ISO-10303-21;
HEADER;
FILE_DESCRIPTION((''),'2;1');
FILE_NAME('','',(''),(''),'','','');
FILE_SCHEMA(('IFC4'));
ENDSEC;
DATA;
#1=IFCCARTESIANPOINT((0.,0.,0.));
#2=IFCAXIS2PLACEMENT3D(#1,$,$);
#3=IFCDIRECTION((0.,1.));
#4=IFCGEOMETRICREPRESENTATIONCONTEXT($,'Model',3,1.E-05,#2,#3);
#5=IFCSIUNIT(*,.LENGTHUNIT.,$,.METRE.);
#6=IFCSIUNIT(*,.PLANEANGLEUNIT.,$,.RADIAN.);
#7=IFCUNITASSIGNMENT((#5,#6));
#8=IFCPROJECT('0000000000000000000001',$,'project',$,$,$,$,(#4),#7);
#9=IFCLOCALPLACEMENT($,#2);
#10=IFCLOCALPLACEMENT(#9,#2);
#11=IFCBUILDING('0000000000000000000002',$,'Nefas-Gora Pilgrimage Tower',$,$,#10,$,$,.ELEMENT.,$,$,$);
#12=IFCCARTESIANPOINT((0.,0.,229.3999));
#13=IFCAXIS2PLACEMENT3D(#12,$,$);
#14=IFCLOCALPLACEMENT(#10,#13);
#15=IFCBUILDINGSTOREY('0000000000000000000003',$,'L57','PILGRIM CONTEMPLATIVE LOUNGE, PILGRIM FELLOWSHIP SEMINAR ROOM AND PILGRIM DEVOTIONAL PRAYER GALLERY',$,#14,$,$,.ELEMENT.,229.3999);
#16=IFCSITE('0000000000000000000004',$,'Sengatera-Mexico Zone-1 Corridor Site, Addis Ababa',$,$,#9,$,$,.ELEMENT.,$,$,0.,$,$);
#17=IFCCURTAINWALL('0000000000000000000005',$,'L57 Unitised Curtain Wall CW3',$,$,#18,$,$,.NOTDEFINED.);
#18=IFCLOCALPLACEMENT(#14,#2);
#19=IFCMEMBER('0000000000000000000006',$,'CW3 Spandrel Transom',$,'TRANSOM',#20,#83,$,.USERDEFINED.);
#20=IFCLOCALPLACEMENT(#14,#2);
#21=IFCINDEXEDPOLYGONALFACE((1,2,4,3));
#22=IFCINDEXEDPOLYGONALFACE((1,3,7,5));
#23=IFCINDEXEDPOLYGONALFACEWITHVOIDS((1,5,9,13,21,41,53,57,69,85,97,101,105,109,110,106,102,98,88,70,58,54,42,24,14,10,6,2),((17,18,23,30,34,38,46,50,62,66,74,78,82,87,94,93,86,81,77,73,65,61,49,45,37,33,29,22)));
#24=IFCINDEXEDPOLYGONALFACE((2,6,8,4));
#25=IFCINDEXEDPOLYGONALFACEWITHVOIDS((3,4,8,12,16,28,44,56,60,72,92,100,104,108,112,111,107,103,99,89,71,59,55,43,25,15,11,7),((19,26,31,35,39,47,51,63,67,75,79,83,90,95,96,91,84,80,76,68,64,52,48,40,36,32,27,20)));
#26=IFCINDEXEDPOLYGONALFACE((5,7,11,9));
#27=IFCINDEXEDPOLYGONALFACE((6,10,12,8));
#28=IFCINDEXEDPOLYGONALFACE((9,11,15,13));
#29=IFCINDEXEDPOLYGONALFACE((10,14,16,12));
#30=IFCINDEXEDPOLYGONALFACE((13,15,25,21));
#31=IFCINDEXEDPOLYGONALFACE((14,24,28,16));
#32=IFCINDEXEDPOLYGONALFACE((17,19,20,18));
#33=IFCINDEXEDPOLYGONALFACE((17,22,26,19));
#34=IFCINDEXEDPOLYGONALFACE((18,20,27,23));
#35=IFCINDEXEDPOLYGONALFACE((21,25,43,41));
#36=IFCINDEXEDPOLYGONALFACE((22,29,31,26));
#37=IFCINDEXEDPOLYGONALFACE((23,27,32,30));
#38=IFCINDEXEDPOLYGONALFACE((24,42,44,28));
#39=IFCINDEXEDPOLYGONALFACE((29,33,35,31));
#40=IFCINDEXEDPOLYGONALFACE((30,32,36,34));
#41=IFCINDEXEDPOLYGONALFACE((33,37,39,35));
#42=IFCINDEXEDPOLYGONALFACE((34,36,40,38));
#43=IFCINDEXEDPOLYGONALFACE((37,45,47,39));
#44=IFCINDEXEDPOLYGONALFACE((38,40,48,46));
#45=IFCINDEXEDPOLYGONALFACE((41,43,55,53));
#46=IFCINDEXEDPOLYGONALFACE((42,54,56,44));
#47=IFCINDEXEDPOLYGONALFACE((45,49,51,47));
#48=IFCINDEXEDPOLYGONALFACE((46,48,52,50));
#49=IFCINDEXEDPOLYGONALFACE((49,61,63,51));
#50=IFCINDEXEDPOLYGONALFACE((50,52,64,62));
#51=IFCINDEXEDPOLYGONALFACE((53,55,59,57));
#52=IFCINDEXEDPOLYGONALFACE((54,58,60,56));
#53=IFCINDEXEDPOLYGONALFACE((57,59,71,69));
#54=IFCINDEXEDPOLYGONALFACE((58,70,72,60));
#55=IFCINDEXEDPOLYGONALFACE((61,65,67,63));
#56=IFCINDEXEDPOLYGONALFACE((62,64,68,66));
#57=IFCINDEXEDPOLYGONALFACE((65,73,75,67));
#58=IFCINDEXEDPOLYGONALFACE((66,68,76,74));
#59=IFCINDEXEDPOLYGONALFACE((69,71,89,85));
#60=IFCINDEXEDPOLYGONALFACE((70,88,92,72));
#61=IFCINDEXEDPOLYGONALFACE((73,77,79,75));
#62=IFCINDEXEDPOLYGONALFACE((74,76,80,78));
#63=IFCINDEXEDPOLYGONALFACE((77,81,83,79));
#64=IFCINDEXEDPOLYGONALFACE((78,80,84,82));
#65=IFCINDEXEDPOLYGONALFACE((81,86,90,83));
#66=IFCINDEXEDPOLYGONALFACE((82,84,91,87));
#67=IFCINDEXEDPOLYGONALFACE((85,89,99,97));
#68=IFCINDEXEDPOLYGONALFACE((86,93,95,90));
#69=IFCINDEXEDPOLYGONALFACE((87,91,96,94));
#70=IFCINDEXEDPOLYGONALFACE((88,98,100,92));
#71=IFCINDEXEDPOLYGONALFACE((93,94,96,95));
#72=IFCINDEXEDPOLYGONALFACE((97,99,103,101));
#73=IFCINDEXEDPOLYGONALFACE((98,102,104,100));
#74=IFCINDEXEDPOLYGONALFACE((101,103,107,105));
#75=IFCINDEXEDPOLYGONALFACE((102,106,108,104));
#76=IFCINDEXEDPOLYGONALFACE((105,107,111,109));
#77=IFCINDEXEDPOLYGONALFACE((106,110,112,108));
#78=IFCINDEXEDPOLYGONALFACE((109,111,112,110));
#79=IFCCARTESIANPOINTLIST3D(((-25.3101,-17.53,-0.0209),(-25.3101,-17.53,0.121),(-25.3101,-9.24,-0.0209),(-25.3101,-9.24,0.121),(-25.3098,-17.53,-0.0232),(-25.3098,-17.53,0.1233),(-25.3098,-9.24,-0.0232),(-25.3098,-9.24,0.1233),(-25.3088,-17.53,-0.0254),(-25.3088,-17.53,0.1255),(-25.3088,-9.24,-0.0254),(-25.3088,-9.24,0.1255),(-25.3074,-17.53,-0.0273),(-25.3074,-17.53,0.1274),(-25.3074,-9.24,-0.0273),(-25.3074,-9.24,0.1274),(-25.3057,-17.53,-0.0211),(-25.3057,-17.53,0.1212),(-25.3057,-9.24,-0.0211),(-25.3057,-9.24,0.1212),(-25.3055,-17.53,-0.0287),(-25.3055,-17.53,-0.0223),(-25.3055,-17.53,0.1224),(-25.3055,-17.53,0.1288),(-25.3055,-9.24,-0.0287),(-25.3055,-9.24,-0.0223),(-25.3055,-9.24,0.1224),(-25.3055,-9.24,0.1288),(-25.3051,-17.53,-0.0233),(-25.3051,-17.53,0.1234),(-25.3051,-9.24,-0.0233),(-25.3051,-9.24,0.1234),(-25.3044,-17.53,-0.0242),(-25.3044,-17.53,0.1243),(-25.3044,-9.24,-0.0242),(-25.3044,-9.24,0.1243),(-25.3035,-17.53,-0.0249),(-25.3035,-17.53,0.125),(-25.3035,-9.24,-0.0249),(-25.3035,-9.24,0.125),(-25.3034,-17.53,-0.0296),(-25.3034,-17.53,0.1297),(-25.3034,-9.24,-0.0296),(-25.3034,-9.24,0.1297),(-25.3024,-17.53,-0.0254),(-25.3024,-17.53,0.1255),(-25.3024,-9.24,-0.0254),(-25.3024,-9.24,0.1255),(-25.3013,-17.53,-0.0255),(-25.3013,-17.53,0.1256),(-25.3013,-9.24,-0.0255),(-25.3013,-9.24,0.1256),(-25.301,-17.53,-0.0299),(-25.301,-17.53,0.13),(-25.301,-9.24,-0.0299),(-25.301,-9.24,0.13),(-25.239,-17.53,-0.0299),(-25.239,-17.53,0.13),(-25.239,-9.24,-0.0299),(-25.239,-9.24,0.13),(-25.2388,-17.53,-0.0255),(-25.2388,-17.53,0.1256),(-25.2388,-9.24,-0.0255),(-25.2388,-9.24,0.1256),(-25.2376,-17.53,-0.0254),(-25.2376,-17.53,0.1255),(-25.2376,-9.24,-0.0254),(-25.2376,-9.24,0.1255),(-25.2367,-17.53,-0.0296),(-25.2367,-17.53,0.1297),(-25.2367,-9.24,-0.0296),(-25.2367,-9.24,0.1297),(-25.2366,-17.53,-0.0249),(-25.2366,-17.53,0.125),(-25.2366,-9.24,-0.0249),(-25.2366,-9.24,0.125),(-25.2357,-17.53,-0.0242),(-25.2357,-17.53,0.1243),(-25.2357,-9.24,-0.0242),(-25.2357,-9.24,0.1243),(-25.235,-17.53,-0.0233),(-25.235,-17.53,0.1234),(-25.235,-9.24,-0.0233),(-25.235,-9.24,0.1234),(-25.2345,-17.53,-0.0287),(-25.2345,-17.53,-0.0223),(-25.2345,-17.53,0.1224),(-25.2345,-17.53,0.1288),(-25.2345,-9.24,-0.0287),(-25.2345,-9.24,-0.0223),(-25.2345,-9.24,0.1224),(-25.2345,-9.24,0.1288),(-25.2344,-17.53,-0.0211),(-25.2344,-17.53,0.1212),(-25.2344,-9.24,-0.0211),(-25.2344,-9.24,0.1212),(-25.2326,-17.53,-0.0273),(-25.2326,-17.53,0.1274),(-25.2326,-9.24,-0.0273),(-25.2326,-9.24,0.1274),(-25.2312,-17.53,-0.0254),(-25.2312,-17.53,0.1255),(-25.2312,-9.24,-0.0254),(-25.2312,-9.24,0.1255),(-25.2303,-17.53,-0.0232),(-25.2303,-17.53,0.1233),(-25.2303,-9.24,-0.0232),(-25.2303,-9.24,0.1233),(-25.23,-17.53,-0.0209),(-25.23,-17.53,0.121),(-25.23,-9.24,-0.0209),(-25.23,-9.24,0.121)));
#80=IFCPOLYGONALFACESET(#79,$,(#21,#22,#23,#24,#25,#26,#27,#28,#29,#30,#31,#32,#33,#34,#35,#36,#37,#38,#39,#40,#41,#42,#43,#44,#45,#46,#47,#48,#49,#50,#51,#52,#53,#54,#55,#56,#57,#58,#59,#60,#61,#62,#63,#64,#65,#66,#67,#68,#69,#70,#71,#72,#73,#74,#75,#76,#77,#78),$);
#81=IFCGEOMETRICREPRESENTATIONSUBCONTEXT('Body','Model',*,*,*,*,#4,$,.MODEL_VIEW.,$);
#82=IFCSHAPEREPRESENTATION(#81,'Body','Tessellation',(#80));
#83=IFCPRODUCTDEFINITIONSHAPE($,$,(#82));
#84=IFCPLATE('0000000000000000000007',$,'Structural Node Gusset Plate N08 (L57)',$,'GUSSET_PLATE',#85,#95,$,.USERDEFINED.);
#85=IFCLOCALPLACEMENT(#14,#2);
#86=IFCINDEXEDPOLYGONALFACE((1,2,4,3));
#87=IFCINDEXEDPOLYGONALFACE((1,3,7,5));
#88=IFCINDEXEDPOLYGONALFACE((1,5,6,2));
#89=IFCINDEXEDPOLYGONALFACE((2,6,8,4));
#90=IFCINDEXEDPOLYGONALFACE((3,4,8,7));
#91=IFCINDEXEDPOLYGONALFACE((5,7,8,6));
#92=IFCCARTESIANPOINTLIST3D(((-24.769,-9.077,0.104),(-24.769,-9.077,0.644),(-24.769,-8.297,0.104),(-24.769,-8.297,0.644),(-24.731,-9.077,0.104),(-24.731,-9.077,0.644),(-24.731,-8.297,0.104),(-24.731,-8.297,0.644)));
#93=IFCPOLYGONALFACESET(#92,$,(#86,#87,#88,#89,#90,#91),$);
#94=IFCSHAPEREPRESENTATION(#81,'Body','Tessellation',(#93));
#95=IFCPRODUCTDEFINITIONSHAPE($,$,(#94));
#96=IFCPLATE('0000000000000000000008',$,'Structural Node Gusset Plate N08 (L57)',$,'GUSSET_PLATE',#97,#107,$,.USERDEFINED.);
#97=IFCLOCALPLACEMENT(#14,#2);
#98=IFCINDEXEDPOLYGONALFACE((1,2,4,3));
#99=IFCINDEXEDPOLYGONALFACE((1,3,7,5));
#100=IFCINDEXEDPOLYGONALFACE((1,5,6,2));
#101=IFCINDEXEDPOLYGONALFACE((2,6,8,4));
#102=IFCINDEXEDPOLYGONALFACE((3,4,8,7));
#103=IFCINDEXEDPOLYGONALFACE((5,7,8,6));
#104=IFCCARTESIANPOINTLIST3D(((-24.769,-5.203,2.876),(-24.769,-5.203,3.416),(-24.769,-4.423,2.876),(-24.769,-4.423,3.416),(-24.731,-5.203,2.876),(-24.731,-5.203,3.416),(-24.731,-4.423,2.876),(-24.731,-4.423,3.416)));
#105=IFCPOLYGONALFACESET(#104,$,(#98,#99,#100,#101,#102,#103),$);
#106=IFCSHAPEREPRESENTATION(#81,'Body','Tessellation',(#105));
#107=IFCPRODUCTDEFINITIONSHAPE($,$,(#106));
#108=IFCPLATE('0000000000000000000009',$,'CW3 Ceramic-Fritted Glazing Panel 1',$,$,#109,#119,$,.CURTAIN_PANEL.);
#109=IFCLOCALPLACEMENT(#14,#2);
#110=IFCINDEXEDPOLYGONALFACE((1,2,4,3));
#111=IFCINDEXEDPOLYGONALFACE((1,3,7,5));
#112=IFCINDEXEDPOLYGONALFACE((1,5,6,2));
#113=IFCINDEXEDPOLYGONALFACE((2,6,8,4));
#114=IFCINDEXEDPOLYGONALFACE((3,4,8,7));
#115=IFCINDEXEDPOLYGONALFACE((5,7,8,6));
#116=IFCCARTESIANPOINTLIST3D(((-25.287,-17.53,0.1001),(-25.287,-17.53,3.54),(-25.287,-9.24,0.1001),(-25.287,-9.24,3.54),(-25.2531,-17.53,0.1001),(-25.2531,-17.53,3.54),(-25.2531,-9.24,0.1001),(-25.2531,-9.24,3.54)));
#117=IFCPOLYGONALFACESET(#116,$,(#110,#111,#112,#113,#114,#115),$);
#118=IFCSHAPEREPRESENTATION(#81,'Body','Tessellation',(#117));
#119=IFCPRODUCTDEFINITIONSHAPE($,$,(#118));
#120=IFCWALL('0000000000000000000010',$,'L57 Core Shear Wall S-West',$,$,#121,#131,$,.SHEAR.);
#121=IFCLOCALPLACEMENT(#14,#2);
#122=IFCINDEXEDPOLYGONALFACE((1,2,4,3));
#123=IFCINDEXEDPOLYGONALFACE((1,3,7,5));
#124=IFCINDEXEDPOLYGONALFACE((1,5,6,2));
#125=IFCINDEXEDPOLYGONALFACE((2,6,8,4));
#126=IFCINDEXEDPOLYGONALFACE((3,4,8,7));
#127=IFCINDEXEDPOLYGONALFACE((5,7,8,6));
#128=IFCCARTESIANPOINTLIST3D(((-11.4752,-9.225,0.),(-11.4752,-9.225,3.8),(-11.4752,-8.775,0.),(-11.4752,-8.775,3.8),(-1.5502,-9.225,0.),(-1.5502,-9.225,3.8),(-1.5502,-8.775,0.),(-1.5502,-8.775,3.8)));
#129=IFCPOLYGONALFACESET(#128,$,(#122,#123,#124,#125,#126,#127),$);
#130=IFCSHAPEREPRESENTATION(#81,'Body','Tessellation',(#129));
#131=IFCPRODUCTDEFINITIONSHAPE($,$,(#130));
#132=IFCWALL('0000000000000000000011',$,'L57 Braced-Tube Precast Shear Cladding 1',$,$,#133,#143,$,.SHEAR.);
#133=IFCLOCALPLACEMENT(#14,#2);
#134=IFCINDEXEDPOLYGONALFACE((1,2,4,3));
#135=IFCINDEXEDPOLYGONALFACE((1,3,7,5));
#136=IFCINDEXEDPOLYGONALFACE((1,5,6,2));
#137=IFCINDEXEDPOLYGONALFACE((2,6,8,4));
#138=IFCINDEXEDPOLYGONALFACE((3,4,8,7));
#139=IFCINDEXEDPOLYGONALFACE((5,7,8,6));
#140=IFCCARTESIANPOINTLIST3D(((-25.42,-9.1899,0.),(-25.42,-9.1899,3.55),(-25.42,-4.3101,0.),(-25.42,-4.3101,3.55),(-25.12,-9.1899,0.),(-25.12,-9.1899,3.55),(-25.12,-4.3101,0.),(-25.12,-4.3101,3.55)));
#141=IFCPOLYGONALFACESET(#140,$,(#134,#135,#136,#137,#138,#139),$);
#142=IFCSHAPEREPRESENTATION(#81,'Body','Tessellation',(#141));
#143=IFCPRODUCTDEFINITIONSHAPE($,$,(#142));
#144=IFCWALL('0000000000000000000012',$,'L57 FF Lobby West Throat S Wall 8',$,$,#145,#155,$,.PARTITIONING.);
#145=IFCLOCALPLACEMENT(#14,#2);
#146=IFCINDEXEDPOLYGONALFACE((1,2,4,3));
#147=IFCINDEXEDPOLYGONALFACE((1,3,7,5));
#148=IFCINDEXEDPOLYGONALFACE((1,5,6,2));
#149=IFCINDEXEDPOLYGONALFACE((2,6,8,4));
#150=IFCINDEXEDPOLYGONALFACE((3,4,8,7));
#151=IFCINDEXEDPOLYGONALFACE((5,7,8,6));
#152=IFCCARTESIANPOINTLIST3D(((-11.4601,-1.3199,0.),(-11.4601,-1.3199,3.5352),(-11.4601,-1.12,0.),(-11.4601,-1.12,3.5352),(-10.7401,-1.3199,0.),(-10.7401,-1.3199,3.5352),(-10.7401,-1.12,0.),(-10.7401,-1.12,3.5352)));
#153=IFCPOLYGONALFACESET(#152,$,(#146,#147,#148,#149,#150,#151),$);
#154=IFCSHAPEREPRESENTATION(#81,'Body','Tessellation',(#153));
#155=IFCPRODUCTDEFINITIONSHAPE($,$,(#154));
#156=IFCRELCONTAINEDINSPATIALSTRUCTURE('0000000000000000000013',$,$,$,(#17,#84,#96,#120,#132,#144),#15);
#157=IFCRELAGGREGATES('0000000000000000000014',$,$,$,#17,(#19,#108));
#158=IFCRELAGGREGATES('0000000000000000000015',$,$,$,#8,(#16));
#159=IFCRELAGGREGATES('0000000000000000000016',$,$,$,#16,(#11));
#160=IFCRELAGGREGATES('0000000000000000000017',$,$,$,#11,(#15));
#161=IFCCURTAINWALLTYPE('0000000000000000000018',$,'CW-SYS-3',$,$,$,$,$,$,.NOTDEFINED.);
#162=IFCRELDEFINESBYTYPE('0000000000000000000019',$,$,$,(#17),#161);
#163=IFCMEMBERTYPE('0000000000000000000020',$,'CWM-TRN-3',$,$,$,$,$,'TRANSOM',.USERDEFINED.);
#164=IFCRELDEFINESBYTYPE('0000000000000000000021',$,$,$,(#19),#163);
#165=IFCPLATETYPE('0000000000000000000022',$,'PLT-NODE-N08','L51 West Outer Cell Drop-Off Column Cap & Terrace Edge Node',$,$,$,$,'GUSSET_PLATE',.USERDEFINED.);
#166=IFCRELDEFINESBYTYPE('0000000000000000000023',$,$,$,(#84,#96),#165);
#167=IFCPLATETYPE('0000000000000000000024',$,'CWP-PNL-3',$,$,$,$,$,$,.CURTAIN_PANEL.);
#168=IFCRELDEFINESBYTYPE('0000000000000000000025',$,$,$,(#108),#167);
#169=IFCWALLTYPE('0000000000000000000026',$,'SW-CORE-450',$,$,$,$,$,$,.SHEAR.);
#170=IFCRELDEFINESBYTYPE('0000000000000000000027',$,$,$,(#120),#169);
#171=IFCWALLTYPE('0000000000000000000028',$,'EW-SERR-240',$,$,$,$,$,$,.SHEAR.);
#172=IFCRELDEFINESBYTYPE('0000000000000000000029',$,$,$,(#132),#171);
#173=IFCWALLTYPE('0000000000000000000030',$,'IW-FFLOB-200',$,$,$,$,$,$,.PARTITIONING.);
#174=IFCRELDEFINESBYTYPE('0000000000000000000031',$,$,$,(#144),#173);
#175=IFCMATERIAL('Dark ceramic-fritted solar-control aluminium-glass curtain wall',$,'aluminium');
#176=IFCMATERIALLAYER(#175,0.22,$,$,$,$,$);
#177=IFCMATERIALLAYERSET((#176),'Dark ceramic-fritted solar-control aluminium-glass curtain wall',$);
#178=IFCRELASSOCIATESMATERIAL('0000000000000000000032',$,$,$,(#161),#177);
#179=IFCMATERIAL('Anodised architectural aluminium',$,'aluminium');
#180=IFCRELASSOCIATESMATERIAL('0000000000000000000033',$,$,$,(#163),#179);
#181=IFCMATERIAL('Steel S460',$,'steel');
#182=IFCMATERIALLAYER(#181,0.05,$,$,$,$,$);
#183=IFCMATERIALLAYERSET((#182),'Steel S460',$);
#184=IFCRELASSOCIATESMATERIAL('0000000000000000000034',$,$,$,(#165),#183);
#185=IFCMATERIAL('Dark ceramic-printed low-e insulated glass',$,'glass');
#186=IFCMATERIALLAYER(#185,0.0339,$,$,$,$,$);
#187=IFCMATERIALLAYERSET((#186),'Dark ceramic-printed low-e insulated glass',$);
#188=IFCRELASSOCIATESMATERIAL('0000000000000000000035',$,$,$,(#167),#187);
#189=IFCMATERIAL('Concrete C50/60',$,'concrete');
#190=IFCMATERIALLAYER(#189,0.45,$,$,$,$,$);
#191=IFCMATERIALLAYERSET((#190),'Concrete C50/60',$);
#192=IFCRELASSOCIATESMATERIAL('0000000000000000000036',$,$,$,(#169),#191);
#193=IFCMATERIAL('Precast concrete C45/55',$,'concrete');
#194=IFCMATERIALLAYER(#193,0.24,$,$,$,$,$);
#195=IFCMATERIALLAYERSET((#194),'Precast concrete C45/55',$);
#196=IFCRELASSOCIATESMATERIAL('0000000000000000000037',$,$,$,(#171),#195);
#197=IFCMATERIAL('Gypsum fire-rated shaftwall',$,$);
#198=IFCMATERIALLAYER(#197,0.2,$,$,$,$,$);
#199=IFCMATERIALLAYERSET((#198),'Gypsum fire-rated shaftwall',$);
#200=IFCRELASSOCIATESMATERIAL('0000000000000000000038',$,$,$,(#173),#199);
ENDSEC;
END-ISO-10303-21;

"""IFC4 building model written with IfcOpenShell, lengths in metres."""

from ifc_helpers import new_model, si_unit, direction, frame, frame_2d, origin, origin_2d, place, context, subcontext, project, spatial, rectangle, hollow_rectangle, extrude, source, transform, mapped, material, layer, layer_set, material_profile, profile_set, type_object, element, aggregate, save


model = new_model("IFC4")

# Units and contexts
model_context = context("Model", 3, precision=1e-05, world=origin(), true_north=direction((0.0, 1.0)))
body_context = subcontext(model_context, "Body", "Model", "MODEL_VIEW")
ifc_project = project(units=[si_unit("LENGTHUNIT", "METRE"), si_unit("PLANEANGLEUNIT", "RADIAN")], contexts=[model_context])

# Site, building, storey
site_placement = place(None, origin())
site = spatial("IfcSite", under=ifc_project, at=site_placement, Name="Sengatera-Mexico Zone-1 Corridor Site, Addis Ababa", CompositionType="ELEMENT", RefElevation=0.0)
building_placement = place(site_placement, origin())
building = spatial("IfcBuilding", under=site, at=building_placement, Name="Nefas-Gora Pilgrimage Tower", CompositionType="ELEMENT")
storey_placement = place(building_placement, frame((0.0, 0.0, 229.3999)))
storey = spatial("IfcBuildingStorey", under=building, at=storey_placement, Name="L57", Description="PILGRIM CONTEMPLATIVE LOUNGE, PILGRIM FELLOWSHIP SEMINAR ROOM AND PILGRIM DEVOTIONAL PRAYER GALLERY", CompositionType="ELEMENT", Elevation=229.3999)

# Shared definitions
ifc_material_1 = material(Name="Steel S460", Category="steel")

# Shared definitions
ifc_material_2 = material(Name="Dark ceramic-fritted solar-control aluminium-glass curtain wall", Category="aluminium")
ifc_layer_1 = layer(ifc_material_2, 0.22)
ifc_layer_set_1 = layer_set([ifc_layer_1], Name="Dark ceramic-fritted solar-control aluminium-glass curtain wall")
curtain_wall_type = type_object("IfcCurtainWallType", Name="CW-SYS-3", PredefinedType="NOTDEFINED", material=ifc_layer_set_1)
ifc_material_3 = material(Name="Anodised architectural aluminium", Category="aluminium")

# Curtain wall, member
curtain_wall_1_placement = place(storey_placement, origin())
curtain_wall_1 = element("IfcCurtainWall", 1, at=curtain_wall_1_placement, inside=storey, type_object=curtain_wall_type, Name="L57 Unitised Curtain Wall CW3", PredefinedType="NOTDEFINED")
ifc_material_profile_1 = material_profile(ifc_material_3, hollow_rectangle(XDim=0.0801, YDim=0.1599, WallThickness=0.0044, InnerFilletRadius=0.0044, OuterFilletRadius=0.009, at=origin_2d()), Name="ALU TRANSOM 80x160")
ifc_profile_set_1 = profile_set([ifc_material_profile_1], Name="Anodised architectural aluminium")
member_type_1 = type_object("IfcMemberType", Name="CWM-TRN-3", ElementType="TRANSOM", PredefinedType="USERDEFINED", material=ifc_profile_set_1)
shared_shape_1 = source(origin(), body_context, "Body", "SweptSolid", [
    extrude(hollow_rectangle(XDim=0.0801, YDim=0.1599, WallThickness=0.0044, InnerFilletRadius=0.0044, OuterFilletRadius=0.009, at=origin_2d()), origin(), (0.0, 0.0, 1.0), 8.29),
])
member_1_placement = place(storey_placement, frame((-25.27, -9.24, 0.05), z_axis=(0.0, -1.0, 0.0), x_axis=(1.0, 0.0, 0.0)))
member_1 = element("IfcMember", 2, at=member_1_placement, type_object=member_type_1, Name="CW3 Spandrel Transom", ObjectType="TRANSOM", PredefinedType="USERDEFINED", context=body_context, shape_type="MappedRepresentation", body=[
    mapped(shared_shape_1, transform((0.0, 0.0, 0.0), x_axis=(1.0, 0.0, 0.0), y_axis=(0.0, 1.0, 0.0), z_axis=(0.0, 0.0, 1.0), scale=1.0)),
])

# Plates
ifc_layer_2 = layer(ifc_material_1, 0.05)
ifc_layer_set_2 = layer_set([ifc_layer_2], Name="Steel S460")
plate_type_1 = type_object("IfcPlateType", Name="PLT-NODE-N08", Description="L51 West Outer Cell Drop-Off Column Cap & Terrace Edge Node", ElementType="GUSSET_PLATE", PredefinedType="USERDEFINED", material=ifc_layer_set_2)
shared_shape_2 = source(origin(), body_context, "Body", "SweptSolid", [
    extrude(rectangle(XDim=0.78, YDim=0.0381, at=origin_2d()), origin(), (0.0, 0.0, 1.0), 0.54),
])
for number, where, z_axis, x_axis, name in (
    (3, (-24.75, -8.687, 0.104), (0.0, 0.0, 1.0), (0.0, 1.0, 0.0), "Structural Node Gusset Plate N08 (L57)"),
    (4, (-24.75, -4.813, 2.876), (0.0, 0.0, 1.0), (0.0, 1.0, 0.0), "Structural Node Gusset Plate N08 (L57)"),
):
    element("IfcPlate", number, at=place(storey_placement, frame(where, z_axis=z_axis, x_axis=x_axis)), inside=storey, type_object=plate_type_1, Name=name, ObjectType="GUSSET_PLATE", PredefinedType="USERDEFINED", context=body_context, shape_type="MappedRepresentation", body=[
        mapped(shared_shape_2, transform((0.0, 0.0, 0.0), x_axis=(1.0, 0.0, 0.0), y_axis=(0.0, 1.0, 0.0), z_axis=(0.0, 0.0, 1.0), scale=1.0)),
    ])

# Plate
ifc_material_4 = material(Name="Dark ceramic-printed low-e insulated glass", Category="glass")
ifc_layer_3 = layer(ifc_material_4, 0.0339)
ifc_layer_set_3 = layer_set([ifc_layer_3], Name="Dark ceramic-printed low-e insulated glass")
plate_type_2 = type_object("IfcPlateType", Name="CWP-PNL-3", PredefinedType="CURTAIN_PANEL", material=ifc_layer_set_3)
shared_shape_3 = source(origin(), body_context, "Body", "SweptSolid", [
    extrude(rectangle(XDim=8.29, YDim=0.0339, at=origin_2d()), origin(), (0.0, 0.0, 1.0), 3.4399),
])
plate_placement = place(storey_placement, frame((-25.27, -13.385, 0.1001), z_axis=(0.0, 0.0, 1.0), x_axis=(0.0, -1.0, 0.0)))
plate = element("IfcPlate", 5, at=plate_placement, type_object=plate_type_2, Name="CW3 Ceramic-Fritted Glazing Panel 1", PredefinedType="CURTAIN_PANEL", context=body_context, shape_type="MappedRepresentation", body=[
    mapped(shared_shape_3, transform((0.0, 0.0, 0.0), x_axis=(1.0, 0.0, 0.0), y_axis=(0.0, 1.0, 0.0), z_axis=(0.0, 0.0, 1.0), scale=1.0)),
])
aggregate(curtain_wall_1, [member_1, plate])

# Walls
ifc_material_5 = material(Name="Concrete C50/60", Category="concrete")
ifc_layer_4 = layer(ifc_material_5, 0.45)
ifc_layer_set_4 = layer_set([ifc_layer_4], Name="Concrete C50/60")
wall_type_1 = type_object("IfcWallType", Name="SW-CORE-450", PredefinedType="SHEAR", material=ifc_layer_set_4)
shared_shape_4 = source(origin(), body_context, "Body", "SweptSolid", [
    extrude(rectangle(XDim=9.925, YDim=0.45, at=frame_2d((4.9624, 0.0))), origin(), (0.0, 0.0, 1.0), 3.8),
])
wall_1_placement = place(storey_placement, frame((-11.4751, -9.0, 0.0), z_axis=(0.0, 0.0, 1.0), x_axis=(1.0, 0.0, 0.0)))
element("IfcWall", 6, at=wall_1_placement, inside=storey, type_object=wall_type_1, Name="L57 Core Shear Wall S-West", PredefinedType="SHEAR", context=body_context, shape_type="MappedRepresentation", body=[
    mapped(shared_shape_4, transform((0.0, 0.0, 0.0), x_axis=(1.0, 0.0, 0.0), y_axis=(0.0, 1.0, 0.0), z_axis=(0.0, 0.0, 1.0), scale=1.0)),
])
ifc_material_6 = material(Name="Precast concrete C45/55", Category="concrete")
ifc_layer_5 = layer(ifc_material_6, 0.24)
ifc_layer_set_5 = layer_set([ifc_layer_5], Name="Precast concrete C45/55")
wall_type_2 = type_object("IfcWallType", Name="EW-SERR-240", PredefinedType="SHEAR", material=ifc_layer_set_5)
shared_shape_5 = source(origin(), body_context, "Body", "SweptSolid", [
    extrude(rectangle(XDim=4.8799, YDim=0.3, at=frame_2d((2.4399, 0.0))), origin(), (0.0, 0.0, 1.0), 3.55),
])
wall_2_placement = place(storey_placement, frame((-25.27, -9.1899, 0.0), z_axis=(0.0, 0.0, 1.0), x_axis=(0.0, 1.0, 0.0)))
element("IfcWall", 7, at=wall_2_placement, inside=storey, type_object=wall_type_2, Name="L57 Braced-Tube Precast Shear Cladding 1", PredefinedType="SHEAR", context=body_context, shape_type="MappedRepresentation", body=[
    mapped(shared_shape_5, transform((0.0, 0.0, 0.0), x_axis=(1.0, 0.0, 0.0), y_axis=(0.0, 1.0, 0.0), z_axis=(0.0, 0.0, 1.0), scale=1.0)),
])
ifc_material_7 = material(Name="Gypsum fire-rated shaftwall")
ifc_layer_6 = layer(ifc_material_7, 0.2)
ifc_layer_set_6 = layer_set([ifc_layer_6], Name="Gypsum fire-rated shaftwall")
wall_type_3 = type_object("IfcWallType", Name="IW-FFLOB-200", PredefinedType="PARTITIONING", material=ifc_layer_set_6)
shared_shape_6 = source(origin(), body_context, "Body", "SweptSolid", [
    extrude(rectangle(XDim=0.72, YDim=0.2, at=frame_2d((0.3599, 0.0))), origin(), (0.0, 0.0, 1.0), 3.5352),
])
wall_3_placement = place(storey_placement, frame((-11.46, -1.22, 0.0), z_axis=(0.0, 0.0, 1.0), x_axis=(1.0, 0.0, 0.0)))
element("IfcWall", 8, at=wall_3_placement, inside=storey, type_object=wall_type_3, Name="L57 FF Lobby West Throat S Wall 8", PredefinedType="PARTITIONING", context=body_context, shape_type="MappedRepresentation", body=[
    mapped(shared_shape_6, transform((0.0, 0.0, 0.0), x_axis=(1.0, 0.0, 0.0), y_axis=(0.0, 1.0, 0.0), z_axis=(0.0, 0.0, 1.0), scale=1.0)),
])

save(model, "model.ifc")
